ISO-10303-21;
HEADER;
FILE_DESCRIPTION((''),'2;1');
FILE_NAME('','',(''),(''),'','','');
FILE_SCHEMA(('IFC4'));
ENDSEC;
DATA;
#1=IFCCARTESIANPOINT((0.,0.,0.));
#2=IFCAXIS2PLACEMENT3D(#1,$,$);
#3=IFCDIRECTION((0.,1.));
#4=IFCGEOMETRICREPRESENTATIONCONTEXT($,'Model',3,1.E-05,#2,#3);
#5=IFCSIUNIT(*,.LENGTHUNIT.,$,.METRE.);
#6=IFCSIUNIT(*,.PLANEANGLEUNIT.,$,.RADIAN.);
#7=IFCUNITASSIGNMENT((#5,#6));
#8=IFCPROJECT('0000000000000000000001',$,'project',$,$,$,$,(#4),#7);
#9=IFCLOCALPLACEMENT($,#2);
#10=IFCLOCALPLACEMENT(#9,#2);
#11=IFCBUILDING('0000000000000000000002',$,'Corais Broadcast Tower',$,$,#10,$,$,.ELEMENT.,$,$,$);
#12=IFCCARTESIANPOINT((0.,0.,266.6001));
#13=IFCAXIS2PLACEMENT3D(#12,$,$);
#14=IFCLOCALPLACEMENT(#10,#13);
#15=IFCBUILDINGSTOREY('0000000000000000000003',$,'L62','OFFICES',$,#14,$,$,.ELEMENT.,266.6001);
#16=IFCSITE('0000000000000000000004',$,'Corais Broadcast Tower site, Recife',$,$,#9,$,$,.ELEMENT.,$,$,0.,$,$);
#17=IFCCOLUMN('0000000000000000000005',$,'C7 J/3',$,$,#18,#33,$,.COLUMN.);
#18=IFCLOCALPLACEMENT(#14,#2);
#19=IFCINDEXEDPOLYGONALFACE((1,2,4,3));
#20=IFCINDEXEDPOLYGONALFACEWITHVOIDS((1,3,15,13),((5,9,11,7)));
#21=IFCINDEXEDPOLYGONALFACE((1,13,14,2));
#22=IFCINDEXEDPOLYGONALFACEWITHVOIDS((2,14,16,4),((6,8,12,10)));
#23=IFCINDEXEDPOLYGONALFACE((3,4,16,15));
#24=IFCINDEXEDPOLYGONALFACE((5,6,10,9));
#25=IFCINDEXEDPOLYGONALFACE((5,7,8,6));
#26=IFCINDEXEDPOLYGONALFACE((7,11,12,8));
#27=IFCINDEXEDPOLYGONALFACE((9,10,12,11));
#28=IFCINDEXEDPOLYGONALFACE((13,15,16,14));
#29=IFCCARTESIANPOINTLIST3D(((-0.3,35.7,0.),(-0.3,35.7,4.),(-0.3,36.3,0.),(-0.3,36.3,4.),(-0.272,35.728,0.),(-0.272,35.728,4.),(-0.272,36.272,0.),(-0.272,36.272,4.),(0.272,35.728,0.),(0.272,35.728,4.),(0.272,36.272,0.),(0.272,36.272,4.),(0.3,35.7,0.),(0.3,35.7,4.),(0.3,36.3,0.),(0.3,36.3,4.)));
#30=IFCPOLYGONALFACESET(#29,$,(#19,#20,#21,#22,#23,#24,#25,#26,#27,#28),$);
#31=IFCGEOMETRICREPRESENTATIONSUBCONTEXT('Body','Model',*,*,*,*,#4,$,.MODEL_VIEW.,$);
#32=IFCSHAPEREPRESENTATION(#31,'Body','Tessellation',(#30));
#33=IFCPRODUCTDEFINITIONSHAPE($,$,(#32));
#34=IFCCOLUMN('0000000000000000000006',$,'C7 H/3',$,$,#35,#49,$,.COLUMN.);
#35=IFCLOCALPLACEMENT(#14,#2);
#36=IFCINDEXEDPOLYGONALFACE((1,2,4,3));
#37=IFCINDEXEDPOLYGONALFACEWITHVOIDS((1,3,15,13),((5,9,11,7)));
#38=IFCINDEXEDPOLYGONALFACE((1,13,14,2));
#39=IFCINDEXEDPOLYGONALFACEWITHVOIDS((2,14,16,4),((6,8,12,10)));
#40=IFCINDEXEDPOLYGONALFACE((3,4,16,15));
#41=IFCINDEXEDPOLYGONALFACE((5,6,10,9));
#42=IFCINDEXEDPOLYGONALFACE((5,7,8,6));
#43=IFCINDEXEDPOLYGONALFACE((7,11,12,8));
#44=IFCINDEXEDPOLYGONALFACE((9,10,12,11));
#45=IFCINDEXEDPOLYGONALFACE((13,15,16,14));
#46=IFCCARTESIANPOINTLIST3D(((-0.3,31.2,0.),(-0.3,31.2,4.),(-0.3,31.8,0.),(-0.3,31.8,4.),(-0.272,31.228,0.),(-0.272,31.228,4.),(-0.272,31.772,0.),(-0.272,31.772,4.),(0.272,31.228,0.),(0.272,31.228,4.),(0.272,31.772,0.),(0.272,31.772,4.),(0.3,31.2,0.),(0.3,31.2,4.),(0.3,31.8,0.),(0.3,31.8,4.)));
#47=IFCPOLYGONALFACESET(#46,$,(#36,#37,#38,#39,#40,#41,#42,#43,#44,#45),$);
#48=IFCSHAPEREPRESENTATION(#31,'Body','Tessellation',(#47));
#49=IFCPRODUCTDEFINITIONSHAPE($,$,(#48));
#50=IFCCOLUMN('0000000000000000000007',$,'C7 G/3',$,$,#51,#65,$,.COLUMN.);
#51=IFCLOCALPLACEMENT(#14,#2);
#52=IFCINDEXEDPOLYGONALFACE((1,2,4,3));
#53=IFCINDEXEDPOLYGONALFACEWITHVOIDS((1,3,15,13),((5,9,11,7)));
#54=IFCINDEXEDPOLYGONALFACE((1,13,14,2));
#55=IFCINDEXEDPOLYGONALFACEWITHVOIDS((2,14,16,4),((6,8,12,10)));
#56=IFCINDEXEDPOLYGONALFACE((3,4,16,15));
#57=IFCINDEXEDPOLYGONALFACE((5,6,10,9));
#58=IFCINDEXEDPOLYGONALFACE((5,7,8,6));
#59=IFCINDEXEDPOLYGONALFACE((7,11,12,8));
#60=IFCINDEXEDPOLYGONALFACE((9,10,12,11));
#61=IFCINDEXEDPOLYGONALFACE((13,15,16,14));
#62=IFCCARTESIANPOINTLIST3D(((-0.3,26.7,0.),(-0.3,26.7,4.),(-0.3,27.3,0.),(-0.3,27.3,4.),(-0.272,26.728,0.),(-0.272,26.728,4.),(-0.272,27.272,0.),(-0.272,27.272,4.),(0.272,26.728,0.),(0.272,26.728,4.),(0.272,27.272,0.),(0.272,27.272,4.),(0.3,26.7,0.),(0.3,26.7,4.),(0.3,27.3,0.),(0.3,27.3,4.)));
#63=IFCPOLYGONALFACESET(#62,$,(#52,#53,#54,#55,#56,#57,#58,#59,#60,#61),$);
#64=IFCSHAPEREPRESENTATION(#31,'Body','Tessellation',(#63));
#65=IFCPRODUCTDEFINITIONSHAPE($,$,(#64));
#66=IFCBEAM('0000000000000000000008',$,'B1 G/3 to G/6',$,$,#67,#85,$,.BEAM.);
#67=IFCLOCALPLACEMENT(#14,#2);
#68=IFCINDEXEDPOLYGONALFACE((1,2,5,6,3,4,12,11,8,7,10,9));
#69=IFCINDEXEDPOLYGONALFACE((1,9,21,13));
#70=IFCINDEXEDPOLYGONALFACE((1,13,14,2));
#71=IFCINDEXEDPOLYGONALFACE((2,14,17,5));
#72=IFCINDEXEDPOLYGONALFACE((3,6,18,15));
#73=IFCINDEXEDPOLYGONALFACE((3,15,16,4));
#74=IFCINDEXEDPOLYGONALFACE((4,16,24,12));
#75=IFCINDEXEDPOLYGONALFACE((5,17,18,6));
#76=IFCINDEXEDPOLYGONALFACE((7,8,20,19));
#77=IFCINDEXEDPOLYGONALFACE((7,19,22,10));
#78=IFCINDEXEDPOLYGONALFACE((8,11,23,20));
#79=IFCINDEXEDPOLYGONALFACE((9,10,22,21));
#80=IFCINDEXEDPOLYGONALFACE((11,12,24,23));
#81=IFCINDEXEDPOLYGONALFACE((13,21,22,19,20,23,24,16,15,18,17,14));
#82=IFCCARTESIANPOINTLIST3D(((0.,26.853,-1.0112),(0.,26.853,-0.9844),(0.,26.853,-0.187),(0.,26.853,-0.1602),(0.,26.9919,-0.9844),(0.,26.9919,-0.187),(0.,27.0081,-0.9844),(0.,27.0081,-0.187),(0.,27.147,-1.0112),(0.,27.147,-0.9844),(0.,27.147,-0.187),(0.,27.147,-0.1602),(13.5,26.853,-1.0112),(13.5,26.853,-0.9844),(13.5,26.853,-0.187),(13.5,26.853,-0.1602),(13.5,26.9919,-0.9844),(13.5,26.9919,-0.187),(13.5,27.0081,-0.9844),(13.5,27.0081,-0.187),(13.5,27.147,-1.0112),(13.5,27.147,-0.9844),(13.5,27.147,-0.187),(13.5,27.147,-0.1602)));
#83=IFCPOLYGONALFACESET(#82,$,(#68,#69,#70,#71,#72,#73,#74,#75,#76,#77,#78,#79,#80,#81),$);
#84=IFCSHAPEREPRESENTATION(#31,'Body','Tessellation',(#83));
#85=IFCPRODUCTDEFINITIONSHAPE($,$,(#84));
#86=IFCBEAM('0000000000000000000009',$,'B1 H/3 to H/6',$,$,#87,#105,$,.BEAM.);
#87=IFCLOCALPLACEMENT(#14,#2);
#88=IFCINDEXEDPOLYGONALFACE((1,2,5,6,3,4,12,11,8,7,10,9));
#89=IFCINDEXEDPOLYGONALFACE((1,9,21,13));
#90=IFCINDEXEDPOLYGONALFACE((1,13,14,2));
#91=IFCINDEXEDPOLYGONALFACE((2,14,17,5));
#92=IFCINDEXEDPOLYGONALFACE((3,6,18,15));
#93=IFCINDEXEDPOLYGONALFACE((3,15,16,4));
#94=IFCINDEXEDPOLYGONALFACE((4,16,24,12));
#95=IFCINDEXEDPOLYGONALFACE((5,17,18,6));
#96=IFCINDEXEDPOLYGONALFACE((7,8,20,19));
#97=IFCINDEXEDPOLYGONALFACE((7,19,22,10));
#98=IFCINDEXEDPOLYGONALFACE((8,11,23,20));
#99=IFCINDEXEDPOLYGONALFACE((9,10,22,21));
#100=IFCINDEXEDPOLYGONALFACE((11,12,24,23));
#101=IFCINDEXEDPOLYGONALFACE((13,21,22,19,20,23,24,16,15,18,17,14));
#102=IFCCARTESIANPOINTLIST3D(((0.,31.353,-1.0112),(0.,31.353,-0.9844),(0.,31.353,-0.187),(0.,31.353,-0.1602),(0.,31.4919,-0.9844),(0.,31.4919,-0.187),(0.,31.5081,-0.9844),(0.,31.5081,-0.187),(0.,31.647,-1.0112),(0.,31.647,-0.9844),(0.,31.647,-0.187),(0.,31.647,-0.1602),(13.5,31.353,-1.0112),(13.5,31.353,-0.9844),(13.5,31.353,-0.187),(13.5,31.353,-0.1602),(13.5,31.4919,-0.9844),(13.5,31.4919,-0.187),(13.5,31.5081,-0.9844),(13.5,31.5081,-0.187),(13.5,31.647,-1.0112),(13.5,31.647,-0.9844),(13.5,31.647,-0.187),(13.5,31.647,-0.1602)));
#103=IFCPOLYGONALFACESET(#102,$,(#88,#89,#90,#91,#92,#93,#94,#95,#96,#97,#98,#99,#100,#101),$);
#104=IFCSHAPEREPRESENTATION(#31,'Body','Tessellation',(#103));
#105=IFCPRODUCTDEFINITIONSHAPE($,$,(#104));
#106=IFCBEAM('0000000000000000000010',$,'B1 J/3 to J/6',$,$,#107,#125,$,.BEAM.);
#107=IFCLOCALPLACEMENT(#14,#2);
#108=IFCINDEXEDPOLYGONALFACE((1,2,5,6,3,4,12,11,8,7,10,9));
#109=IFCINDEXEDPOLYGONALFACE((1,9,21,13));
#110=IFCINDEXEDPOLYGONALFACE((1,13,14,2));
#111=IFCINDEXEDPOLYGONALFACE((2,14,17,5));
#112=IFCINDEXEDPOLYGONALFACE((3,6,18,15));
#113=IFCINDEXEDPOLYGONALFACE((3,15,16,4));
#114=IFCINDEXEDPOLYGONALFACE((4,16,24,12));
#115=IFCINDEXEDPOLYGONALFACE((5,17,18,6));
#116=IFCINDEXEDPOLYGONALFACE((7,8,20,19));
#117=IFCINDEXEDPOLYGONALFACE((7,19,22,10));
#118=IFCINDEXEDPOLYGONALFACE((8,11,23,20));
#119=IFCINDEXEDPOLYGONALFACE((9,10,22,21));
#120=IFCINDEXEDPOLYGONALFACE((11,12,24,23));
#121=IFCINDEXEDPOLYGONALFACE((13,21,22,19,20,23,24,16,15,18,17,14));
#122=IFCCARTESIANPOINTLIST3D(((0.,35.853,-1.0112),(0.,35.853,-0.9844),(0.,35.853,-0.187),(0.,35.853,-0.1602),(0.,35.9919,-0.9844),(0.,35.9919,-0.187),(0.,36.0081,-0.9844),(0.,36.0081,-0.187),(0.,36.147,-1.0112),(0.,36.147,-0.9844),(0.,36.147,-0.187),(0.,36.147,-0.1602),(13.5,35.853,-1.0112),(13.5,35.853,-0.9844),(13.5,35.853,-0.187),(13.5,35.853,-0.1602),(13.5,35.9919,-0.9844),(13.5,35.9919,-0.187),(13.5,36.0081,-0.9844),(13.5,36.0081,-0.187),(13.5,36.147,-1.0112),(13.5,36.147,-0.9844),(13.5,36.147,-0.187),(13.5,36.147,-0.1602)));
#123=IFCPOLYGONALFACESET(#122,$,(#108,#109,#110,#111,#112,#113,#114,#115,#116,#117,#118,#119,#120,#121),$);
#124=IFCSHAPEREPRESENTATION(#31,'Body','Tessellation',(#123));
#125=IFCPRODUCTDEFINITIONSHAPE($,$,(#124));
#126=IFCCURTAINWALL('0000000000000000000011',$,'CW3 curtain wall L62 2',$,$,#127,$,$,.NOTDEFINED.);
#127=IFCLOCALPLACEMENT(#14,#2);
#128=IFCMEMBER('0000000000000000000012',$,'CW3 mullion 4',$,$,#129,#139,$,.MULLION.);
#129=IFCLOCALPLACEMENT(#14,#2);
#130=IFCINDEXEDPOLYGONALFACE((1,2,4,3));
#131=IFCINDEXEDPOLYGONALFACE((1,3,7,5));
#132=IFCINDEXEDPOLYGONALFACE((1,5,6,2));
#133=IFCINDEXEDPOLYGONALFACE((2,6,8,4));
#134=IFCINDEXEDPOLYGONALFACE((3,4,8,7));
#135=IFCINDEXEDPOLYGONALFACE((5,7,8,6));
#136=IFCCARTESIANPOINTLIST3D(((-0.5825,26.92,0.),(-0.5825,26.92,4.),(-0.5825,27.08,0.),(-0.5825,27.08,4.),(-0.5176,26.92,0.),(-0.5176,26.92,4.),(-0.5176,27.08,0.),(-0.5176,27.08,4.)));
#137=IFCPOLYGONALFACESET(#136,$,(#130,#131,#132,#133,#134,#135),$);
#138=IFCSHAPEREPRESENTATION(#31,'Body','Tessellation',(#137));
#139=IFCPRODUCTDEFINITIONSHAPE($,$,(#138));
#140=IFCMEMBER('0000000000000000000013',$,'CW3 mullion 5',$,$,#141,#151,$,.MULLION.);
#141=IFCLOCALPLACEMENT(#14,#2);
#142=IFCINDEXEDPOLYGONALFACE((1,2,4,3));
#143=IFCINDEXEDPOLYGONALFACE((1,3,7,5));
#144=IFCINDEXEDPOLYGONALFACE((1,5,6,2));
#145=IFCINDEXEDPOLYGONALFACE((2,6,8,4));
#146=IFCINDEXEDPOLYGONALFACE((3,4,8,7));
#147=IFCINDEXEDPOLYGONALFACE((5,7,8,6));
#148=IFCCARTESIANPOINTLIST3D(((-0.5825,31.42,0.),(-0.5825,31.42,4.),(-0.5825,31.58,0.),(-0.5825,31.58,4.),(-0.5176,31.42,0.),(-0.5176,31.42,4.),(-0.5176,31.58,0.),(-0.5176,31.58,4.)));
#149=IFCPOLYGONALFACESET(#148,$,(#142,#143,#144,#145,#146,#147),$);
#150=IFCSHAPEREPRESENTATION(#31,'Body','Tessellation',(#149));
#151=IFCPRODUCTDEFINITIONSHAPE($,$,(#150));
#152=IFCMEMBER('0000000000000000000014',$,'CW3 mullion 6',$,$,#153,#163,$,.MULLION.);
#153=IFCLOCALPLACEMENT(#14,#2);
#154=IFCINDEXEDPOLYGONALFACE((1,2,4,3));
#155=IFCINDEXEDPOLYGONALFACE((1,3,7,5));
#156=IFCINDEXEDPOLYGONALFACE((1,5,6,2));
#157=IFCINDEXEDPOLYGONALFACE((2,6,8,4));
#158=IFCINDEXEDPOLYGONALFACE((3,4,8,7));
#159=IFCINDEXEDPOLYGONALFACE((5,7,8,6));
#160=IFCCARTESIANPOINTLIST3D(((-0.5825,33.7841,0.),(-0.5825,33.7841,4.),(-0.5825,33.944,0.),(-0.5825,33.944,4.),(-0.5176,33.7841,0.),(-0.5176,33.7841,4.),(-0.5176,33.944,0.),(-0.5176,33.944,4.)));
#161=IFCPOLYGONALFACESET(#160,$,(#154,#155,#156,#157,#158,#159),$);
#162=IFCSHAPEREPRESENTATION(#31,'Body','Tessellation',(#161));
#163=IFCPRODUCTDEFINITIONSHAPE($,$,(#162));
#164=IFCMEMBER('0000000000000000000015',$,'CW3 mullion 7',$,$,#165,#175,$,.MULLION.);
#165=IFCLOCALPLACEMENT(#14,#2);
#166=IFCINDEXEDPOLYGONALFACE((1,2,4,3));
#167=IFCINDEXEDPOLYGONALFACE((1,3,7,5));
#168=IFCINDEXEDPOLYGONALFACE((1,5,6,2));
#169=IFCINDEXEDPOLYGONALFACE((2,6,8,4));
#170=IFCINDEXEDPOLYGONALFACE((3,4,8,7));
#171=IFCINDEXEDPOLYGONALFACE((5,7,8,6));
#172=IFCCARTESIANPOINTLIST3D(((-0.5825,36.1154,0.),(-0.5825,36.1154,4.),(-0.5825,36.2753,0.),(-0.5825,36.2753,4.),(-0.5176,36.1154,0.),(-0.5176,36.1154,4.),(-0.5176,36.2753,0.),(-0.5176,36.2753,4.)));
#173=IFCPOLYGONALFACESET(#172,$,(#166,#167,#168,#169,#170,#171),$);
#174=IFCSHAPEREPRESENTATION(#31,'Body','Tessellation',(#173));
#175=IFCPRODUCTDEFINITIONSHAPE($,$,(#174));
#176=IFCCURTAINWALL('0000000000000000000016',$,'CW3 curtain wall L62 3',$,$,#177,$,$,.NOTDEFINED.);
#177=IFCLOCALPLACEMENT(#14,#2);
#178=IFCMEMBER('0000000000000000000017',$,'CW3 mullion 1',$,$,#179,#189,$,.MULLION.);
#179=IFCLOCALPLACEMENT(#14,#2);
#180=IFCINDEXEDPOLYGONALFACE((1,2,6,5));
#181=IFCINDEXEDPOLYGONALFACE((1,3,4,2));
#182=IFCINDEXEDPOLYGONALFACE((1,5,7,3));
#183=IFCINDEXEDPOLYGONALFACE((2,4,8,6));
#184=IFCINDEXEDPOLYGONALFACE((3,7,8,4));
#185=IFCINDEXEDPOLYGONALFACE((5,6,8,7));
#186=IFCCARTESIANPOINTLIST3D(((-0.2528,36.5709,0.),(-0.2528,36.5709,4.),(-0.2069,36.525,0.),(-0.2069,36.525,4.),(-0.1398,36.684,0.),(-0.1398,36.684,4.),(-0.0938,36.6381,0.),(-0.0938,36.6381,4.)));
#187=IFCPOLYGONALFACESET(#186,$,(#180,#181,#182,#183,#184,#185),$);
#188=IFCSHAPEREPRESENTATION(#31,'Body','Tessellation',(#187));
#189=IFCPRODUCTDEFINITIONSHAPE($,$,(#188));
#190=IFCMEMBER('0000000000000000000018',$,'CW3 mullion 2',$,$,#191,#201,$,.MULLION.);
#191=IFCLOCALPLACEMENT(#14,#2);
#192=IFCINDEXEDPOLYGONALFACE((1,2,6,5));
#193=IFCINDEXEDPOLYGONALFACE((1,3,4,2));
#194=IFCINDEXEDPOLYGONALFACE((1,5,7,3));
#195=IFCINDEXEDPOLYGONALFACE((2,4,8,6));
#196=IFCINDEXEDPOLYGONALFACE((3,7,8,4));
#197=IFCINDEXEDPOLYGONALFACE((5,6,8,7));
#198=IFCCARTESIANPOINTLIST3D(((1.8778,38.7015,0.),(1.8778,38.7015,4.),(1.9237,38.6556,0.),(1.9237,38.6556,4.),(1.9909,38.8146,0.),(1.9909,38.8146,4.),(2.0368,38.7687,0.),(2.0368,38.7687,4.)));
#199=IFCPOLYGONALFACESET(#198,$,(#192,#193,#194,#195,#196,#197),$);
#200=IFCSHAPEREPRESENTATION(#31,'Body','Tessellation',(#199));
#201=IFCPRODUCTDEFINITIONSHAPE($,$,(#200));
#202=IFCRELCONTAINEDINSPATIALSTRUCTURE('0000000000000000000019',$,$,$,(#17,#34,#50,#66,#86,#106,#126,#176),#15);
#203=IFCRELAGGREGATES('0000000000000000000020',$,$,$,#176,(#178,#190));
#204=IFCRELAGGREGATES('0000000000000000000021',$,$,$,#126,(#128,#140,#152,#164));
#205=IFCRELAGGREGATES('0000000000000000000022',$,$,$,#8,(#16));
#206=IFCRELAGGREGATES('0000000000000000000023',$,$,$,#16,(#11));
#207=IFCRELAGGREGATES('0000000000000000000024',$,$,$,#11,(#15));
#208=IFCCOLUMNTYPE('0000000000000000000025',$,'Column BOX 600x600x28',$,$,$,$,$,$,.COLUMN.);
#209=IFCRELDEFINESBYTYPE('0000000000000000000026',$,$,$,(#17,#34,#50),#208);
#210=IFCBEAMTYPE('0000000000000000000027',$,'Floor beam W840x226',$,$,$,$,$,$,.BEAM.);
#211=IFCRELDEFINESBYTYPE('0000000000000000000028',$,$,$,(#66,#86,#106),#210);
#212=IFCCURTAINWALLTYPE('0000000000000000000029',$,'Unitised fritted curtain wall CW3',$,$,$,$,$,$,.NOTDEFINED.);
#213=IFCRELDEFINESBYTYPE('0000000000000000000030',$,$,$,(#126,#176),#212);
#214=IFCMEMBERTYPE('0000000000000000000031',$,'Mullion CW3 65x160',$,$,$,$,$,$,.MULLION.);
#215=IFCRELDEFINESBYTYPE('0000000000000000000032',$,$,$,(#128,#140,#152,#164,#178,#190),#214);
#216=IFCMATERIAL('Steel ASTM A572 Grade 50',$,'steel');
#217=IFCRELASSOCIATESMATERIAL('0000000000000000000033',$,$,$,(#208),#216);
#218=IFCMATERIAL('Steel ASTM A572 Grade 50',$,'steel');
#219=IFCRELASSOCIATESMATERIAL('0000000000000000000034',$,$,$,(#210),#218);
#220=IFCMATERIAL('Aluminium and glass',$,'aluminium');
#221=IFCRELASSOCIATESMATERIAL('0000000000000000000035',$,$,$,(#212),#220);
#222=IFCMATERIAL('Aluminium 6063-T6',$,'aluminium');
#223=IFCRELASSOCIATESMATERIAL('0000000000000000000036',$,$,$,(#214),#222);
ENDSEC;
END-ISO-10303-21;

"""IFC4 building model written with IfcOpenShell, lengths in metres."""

from ifc_helpers import new_model, si_unit, direction, frame, origin, origin_2d, place, context, subcontext, project, spatial, rectangle, hollow_rectangle, i_section, extrude, material, material_profile, profile_set, type_object, element, aggregate, save


model = new_model("IFC4")

# Units and contexts
model_context = context("Model", 3, precision=1e-05, world=origin(), true_north=direction((0.0, 1.0)))
body_context = subcontext(model_context, "Body", "Model", "MODEL_VIEW")
ifc_project = project(units=[si_unit("LENGTHUNIT", "METRE"), si_unit("PLANEANGLEUNIT", "RADIAN")], contexts=[model_context])

# Site, building, storey
site_placement = place(None, origin())
site = spatial("IfcSite", under=ifc_project, at=site_placement, Name="Corais Broadcast Tower site, Recife", CompositionType="ELEMENT", RefElevation=0.0)
building_placement = place(site_placement, origin())
building = spatial("IfcBuilding", under=site, at=building_placement, Name="Corais Broadcast Tower", CompositionType="ELEMENT")
storey_placement = place(building_placement, frame((0.0, 0.0, 266.6001)))
storey = spatial("IfcBuildingStorey", under=building, at=storey_placement, Name="L62", Description="OFFICES", CompositionType="ELEMENT", Elevation=266.6001)

# Columns
ifc_material_1 = material(Name="Steel ASTM A572 Grade 50", Category="steel")
ifc_material_profile_1 = material_profile(ifc_material_1, hollow_rectangle(XDim=0.6001, YDim=0.6001, WallThickness=0.0281, at=origin_2d()), Name="BOX 600x600x28")
ifc_profile_set_1 = profile_set([ifc_material_profile_1], Name="Steel ASTM A572 Grade 50")
column_type = type_object("IfcColumnType", Name="Column BOX 600x600x28", PredefinedType="COLUMN", material=ifc_profile_set_1)
for number, where, z_axis, x_axis, name in (
    (1, (0.0, 36.0, 0.0), (0.0, 0.0, 1.0), (1.0, 0.0, 0.0), "C7 J/3"),
    (2, (0.0, 31.5, 0.0), (0.0, 0.0, 1.0), (1.0, 0.0, 0.0), "C7 H/3"),
    (3, (0.0, 27.0, 0.0), (0.0, 0.0, 1.0), (1.0, 0.0, 0.0), "C7 G/3"),
):
    element("IfcColumn", number, at=place(storey_placement, frame(where, z_axis=z_axis, x_axis=x_axis)), inside=storey, type_object=column_type, Name=name, PredefinedType="COLUMN", context=body_context, shape_type="SweptSolid", body=[
        extrude(hollow_rectangle(XDim=0.6001, YDim=0.6001, WallThickness=0.0281, at=origin_2d()), origin(), (0.0, 0.0, 1.0), 4.0),
    ])

# Beams
ifc_material_2 = material(Name="Steel ASTM A572 Grade 50", Category="steel")
ifc_material_profile_2 = material_profile(ifc_material_2, i_section(OverallWidth=0.2939, OverallDepth=0.8511, WebThickness=0.0161, FlangeThickness=0.0269, at=origin_2d()), Name="W840x226")
ifc_profile_set_2 = profile_set([ifc_material_profile_2], Name="Steel ASTM A572 Grade 50")
beam_type_1 = type_object("IfcBeamType", Name="Floor beam W840x226", PredefinedType="BEAM", material=ifc_profile_set_2)
for number, where, z_axis, x_axis, name in (
    (4, (0.0, 27.0, -0.5857), (1.0, 0.0, 0.0), (0.0, 1.0, 0.0), "B1 G/3 to G/6"),
    (5, (0.0, 31.5, -0.5857), (1.0, 0.0, 0.0), (0.0, 1.0, 0.0), "B1 H/3 to H/6"),
    (6, (0.0, 36.0, -0.5857), (1.0, 0.0, 0.0), (0.0, 1.0, 0.0), "B1 J/3 to J/6"),
):
    element("IfcBeam", number, at=place(storey_placement, frame(where, z_axis=z_axis, x_axis=x_axis)), inside=storey, type_object=beam_type_1, Name=name, PredefinedType="BEAM", context=body_context, shape_type="SweptSolid", body=[
        extrude(i_section(OverallWidth=0.2939, OverallDepth=0.8511, WebThickness=0.0161, FlangeThickness=0.0269, at=origin_2d()), origin(), (0.0, 0.0, 1.0), 13.5),
    ])

# Curtain walls, members
ifc_material_3 = material(Name="Aluminium and glass", Category="aluminium")
curtain_wall_type = type_object("IfcCurtainWallType", Name="Unitised fritted curtain wall CW3", PredefinedType="NOTDEFINED", material=ifc_material_3)
curtain_wall_1_placement = place(storey_placement, origin())
curtain_wall_1 = element("IfcCurtainWall", 7, at=curtain_wall_1_placement, inside=storey, type_object=curtain_wall_type, Name="CW3 curtain wall L62 2", PredefinedType="NOTDEFINED")
ifc_material_4 = material(Name="Aluminium 6063-T6", Category="aluminium")
ifc_material_profile_3 = material_profile(ifc_material_4, rectangle(XDim=0.0649, YDim=0.1599, at=origin_2d()), Name="Mullion CW3 65x160")
ifc_profile_set_3 = profile_set([ifc_material_profile_3], Name="Aluminium 6063-T6")
member_type_1 = type_object("IfcMemberType", Name="Mullion CW3 65x160", PredefinedType="MULLION", material=ifc_profile_set_3)
member_1_placement = place(storey_placement, frame((-0.55, 27.0, 0.0), z_axis=(0.0, 0.0, 1.0), x_axis=(-1.0, 0.0, 0.0)))
member_1 = element("IfcMember", 8, at=member_1_placement, type_object=member_type_1, Name="CW3 mullion 4", PredefinedType="MULLION", context=body_context, shape_type="SweptSolid", body=[
    extrude(rectangle(XDim=0.0649, YDim=0.1599, at=origin_2d()), origin(), (0.0, 0.0, 1.0), 4.0),
])
member_2_placement = place(storey_placement, frame((-0.55, 31.5, 0.0), z_axis=(0.0, 0.0, 1.0), x_axis=(-1.0, 0.0, 0.0)))
member_2 = element("IfcMember", 9, at=member_2_placement, type_object=member_type_1, Name="CW3 mullion 5", PredefinedType="MULLION", context=body_context, shape_type="SweptSolid", body=[
    extrude(rectangle(XDim=0.0649, YDim=0.1599, at=origin_2d()), origin(), (0.0, 0.0, 1.0), 4.0),
])
member_3_placement = place(storey_placement, frame((-0.55, 33.864, 0.0), z_axis=(0.0, 0.0, 1.0), x_axis=(-1.0, 0.0, 0.0)))
member_3 = element("IfcMember", 10, at=member_3_placement, type_object=member_type_1, Name="CW3 mullion 6", PredefinedType="MULLION", context=body_context, shape_type="SweptSolid", body=[
    extrude(rectangle(XDim=0.0649, YDim=0.1599, at=origin_2d()), origin(), (0.0, 0.0, 1.0), 4.0),
])
member_4_placement = place(storey_placement, frame((-0.55, 36.1953, 0.0), z_axis=(0.0, 0.0, 1.0), x_axis=(-1.0, 0.0, 0.0)))
member_4 = element("IfcMember", 11, at=member_4_placement, type_object=member_type_1, Name="CW3 mullion 7", PredefinedType="MULLION", context=body_context, shape_type="SweptSolid", body=[
    extrude(rectangle(XDim=0.0649, YDim=0.1599, at=origin_2d()), origin(), (0.0, 0.0, 1.0), 4.0),
])
curtain_wall_2_placement = place(storey_placement, origin())
curtain_wall_2 = element("IfcCurtainWall", 12, at=curtain_wall_2_placement, inside=storey, type_object=curtain_wall_type, Name="CW3 curtain wall L62 3", PredefinedType="NOTDEFINED")
member_5_placement = place(storey_placement, frame((-0.1733, 36.6045, 0.0), z_axis=(0.0, 0.0, 1.0), x_axis=(-0.707107, 0.707107, 0.0)))
member_5 = element("IfcMember", 13, at=member_5_placement, type_object=member_type_1, Name="CW3 mullion 1", PredefinedType="MULLION", context=body_context, shape_type="SweptSolid", body=[
    extrude(rectangle(XDim=0.0649, YDim=0.1599, at=origin_2d()), origin(), (0.0, 0.0, 1.0), 4.0),
])
member_6_placement = place(storey_placement, frame((1.9573, 38.7351, 0.0), z_axis=(0.0, 0.0, 1.0), x_axis=(-0.707107, 0.707107, 0.0)))
member_6 = element("IfcMember", 14, at=member_6_placement, type_object=member_type_1, Name="CW3 mullion 2", PredefinedType="MULLION", context=body_context, shape_type="SweptSolid", body=[
    extrude(rectangle(XDim=0.0649, YDim=0.1599, at=origin_2d()), origin(), (0.0, 0.0, 1.0), 4.0),
])

aggregate(curtain_wall_2, [member_5, member_6])
aggregate(curtain_wall_1, [member_1, member_2, member_3, member_4])

save(model, "model.ifc")
